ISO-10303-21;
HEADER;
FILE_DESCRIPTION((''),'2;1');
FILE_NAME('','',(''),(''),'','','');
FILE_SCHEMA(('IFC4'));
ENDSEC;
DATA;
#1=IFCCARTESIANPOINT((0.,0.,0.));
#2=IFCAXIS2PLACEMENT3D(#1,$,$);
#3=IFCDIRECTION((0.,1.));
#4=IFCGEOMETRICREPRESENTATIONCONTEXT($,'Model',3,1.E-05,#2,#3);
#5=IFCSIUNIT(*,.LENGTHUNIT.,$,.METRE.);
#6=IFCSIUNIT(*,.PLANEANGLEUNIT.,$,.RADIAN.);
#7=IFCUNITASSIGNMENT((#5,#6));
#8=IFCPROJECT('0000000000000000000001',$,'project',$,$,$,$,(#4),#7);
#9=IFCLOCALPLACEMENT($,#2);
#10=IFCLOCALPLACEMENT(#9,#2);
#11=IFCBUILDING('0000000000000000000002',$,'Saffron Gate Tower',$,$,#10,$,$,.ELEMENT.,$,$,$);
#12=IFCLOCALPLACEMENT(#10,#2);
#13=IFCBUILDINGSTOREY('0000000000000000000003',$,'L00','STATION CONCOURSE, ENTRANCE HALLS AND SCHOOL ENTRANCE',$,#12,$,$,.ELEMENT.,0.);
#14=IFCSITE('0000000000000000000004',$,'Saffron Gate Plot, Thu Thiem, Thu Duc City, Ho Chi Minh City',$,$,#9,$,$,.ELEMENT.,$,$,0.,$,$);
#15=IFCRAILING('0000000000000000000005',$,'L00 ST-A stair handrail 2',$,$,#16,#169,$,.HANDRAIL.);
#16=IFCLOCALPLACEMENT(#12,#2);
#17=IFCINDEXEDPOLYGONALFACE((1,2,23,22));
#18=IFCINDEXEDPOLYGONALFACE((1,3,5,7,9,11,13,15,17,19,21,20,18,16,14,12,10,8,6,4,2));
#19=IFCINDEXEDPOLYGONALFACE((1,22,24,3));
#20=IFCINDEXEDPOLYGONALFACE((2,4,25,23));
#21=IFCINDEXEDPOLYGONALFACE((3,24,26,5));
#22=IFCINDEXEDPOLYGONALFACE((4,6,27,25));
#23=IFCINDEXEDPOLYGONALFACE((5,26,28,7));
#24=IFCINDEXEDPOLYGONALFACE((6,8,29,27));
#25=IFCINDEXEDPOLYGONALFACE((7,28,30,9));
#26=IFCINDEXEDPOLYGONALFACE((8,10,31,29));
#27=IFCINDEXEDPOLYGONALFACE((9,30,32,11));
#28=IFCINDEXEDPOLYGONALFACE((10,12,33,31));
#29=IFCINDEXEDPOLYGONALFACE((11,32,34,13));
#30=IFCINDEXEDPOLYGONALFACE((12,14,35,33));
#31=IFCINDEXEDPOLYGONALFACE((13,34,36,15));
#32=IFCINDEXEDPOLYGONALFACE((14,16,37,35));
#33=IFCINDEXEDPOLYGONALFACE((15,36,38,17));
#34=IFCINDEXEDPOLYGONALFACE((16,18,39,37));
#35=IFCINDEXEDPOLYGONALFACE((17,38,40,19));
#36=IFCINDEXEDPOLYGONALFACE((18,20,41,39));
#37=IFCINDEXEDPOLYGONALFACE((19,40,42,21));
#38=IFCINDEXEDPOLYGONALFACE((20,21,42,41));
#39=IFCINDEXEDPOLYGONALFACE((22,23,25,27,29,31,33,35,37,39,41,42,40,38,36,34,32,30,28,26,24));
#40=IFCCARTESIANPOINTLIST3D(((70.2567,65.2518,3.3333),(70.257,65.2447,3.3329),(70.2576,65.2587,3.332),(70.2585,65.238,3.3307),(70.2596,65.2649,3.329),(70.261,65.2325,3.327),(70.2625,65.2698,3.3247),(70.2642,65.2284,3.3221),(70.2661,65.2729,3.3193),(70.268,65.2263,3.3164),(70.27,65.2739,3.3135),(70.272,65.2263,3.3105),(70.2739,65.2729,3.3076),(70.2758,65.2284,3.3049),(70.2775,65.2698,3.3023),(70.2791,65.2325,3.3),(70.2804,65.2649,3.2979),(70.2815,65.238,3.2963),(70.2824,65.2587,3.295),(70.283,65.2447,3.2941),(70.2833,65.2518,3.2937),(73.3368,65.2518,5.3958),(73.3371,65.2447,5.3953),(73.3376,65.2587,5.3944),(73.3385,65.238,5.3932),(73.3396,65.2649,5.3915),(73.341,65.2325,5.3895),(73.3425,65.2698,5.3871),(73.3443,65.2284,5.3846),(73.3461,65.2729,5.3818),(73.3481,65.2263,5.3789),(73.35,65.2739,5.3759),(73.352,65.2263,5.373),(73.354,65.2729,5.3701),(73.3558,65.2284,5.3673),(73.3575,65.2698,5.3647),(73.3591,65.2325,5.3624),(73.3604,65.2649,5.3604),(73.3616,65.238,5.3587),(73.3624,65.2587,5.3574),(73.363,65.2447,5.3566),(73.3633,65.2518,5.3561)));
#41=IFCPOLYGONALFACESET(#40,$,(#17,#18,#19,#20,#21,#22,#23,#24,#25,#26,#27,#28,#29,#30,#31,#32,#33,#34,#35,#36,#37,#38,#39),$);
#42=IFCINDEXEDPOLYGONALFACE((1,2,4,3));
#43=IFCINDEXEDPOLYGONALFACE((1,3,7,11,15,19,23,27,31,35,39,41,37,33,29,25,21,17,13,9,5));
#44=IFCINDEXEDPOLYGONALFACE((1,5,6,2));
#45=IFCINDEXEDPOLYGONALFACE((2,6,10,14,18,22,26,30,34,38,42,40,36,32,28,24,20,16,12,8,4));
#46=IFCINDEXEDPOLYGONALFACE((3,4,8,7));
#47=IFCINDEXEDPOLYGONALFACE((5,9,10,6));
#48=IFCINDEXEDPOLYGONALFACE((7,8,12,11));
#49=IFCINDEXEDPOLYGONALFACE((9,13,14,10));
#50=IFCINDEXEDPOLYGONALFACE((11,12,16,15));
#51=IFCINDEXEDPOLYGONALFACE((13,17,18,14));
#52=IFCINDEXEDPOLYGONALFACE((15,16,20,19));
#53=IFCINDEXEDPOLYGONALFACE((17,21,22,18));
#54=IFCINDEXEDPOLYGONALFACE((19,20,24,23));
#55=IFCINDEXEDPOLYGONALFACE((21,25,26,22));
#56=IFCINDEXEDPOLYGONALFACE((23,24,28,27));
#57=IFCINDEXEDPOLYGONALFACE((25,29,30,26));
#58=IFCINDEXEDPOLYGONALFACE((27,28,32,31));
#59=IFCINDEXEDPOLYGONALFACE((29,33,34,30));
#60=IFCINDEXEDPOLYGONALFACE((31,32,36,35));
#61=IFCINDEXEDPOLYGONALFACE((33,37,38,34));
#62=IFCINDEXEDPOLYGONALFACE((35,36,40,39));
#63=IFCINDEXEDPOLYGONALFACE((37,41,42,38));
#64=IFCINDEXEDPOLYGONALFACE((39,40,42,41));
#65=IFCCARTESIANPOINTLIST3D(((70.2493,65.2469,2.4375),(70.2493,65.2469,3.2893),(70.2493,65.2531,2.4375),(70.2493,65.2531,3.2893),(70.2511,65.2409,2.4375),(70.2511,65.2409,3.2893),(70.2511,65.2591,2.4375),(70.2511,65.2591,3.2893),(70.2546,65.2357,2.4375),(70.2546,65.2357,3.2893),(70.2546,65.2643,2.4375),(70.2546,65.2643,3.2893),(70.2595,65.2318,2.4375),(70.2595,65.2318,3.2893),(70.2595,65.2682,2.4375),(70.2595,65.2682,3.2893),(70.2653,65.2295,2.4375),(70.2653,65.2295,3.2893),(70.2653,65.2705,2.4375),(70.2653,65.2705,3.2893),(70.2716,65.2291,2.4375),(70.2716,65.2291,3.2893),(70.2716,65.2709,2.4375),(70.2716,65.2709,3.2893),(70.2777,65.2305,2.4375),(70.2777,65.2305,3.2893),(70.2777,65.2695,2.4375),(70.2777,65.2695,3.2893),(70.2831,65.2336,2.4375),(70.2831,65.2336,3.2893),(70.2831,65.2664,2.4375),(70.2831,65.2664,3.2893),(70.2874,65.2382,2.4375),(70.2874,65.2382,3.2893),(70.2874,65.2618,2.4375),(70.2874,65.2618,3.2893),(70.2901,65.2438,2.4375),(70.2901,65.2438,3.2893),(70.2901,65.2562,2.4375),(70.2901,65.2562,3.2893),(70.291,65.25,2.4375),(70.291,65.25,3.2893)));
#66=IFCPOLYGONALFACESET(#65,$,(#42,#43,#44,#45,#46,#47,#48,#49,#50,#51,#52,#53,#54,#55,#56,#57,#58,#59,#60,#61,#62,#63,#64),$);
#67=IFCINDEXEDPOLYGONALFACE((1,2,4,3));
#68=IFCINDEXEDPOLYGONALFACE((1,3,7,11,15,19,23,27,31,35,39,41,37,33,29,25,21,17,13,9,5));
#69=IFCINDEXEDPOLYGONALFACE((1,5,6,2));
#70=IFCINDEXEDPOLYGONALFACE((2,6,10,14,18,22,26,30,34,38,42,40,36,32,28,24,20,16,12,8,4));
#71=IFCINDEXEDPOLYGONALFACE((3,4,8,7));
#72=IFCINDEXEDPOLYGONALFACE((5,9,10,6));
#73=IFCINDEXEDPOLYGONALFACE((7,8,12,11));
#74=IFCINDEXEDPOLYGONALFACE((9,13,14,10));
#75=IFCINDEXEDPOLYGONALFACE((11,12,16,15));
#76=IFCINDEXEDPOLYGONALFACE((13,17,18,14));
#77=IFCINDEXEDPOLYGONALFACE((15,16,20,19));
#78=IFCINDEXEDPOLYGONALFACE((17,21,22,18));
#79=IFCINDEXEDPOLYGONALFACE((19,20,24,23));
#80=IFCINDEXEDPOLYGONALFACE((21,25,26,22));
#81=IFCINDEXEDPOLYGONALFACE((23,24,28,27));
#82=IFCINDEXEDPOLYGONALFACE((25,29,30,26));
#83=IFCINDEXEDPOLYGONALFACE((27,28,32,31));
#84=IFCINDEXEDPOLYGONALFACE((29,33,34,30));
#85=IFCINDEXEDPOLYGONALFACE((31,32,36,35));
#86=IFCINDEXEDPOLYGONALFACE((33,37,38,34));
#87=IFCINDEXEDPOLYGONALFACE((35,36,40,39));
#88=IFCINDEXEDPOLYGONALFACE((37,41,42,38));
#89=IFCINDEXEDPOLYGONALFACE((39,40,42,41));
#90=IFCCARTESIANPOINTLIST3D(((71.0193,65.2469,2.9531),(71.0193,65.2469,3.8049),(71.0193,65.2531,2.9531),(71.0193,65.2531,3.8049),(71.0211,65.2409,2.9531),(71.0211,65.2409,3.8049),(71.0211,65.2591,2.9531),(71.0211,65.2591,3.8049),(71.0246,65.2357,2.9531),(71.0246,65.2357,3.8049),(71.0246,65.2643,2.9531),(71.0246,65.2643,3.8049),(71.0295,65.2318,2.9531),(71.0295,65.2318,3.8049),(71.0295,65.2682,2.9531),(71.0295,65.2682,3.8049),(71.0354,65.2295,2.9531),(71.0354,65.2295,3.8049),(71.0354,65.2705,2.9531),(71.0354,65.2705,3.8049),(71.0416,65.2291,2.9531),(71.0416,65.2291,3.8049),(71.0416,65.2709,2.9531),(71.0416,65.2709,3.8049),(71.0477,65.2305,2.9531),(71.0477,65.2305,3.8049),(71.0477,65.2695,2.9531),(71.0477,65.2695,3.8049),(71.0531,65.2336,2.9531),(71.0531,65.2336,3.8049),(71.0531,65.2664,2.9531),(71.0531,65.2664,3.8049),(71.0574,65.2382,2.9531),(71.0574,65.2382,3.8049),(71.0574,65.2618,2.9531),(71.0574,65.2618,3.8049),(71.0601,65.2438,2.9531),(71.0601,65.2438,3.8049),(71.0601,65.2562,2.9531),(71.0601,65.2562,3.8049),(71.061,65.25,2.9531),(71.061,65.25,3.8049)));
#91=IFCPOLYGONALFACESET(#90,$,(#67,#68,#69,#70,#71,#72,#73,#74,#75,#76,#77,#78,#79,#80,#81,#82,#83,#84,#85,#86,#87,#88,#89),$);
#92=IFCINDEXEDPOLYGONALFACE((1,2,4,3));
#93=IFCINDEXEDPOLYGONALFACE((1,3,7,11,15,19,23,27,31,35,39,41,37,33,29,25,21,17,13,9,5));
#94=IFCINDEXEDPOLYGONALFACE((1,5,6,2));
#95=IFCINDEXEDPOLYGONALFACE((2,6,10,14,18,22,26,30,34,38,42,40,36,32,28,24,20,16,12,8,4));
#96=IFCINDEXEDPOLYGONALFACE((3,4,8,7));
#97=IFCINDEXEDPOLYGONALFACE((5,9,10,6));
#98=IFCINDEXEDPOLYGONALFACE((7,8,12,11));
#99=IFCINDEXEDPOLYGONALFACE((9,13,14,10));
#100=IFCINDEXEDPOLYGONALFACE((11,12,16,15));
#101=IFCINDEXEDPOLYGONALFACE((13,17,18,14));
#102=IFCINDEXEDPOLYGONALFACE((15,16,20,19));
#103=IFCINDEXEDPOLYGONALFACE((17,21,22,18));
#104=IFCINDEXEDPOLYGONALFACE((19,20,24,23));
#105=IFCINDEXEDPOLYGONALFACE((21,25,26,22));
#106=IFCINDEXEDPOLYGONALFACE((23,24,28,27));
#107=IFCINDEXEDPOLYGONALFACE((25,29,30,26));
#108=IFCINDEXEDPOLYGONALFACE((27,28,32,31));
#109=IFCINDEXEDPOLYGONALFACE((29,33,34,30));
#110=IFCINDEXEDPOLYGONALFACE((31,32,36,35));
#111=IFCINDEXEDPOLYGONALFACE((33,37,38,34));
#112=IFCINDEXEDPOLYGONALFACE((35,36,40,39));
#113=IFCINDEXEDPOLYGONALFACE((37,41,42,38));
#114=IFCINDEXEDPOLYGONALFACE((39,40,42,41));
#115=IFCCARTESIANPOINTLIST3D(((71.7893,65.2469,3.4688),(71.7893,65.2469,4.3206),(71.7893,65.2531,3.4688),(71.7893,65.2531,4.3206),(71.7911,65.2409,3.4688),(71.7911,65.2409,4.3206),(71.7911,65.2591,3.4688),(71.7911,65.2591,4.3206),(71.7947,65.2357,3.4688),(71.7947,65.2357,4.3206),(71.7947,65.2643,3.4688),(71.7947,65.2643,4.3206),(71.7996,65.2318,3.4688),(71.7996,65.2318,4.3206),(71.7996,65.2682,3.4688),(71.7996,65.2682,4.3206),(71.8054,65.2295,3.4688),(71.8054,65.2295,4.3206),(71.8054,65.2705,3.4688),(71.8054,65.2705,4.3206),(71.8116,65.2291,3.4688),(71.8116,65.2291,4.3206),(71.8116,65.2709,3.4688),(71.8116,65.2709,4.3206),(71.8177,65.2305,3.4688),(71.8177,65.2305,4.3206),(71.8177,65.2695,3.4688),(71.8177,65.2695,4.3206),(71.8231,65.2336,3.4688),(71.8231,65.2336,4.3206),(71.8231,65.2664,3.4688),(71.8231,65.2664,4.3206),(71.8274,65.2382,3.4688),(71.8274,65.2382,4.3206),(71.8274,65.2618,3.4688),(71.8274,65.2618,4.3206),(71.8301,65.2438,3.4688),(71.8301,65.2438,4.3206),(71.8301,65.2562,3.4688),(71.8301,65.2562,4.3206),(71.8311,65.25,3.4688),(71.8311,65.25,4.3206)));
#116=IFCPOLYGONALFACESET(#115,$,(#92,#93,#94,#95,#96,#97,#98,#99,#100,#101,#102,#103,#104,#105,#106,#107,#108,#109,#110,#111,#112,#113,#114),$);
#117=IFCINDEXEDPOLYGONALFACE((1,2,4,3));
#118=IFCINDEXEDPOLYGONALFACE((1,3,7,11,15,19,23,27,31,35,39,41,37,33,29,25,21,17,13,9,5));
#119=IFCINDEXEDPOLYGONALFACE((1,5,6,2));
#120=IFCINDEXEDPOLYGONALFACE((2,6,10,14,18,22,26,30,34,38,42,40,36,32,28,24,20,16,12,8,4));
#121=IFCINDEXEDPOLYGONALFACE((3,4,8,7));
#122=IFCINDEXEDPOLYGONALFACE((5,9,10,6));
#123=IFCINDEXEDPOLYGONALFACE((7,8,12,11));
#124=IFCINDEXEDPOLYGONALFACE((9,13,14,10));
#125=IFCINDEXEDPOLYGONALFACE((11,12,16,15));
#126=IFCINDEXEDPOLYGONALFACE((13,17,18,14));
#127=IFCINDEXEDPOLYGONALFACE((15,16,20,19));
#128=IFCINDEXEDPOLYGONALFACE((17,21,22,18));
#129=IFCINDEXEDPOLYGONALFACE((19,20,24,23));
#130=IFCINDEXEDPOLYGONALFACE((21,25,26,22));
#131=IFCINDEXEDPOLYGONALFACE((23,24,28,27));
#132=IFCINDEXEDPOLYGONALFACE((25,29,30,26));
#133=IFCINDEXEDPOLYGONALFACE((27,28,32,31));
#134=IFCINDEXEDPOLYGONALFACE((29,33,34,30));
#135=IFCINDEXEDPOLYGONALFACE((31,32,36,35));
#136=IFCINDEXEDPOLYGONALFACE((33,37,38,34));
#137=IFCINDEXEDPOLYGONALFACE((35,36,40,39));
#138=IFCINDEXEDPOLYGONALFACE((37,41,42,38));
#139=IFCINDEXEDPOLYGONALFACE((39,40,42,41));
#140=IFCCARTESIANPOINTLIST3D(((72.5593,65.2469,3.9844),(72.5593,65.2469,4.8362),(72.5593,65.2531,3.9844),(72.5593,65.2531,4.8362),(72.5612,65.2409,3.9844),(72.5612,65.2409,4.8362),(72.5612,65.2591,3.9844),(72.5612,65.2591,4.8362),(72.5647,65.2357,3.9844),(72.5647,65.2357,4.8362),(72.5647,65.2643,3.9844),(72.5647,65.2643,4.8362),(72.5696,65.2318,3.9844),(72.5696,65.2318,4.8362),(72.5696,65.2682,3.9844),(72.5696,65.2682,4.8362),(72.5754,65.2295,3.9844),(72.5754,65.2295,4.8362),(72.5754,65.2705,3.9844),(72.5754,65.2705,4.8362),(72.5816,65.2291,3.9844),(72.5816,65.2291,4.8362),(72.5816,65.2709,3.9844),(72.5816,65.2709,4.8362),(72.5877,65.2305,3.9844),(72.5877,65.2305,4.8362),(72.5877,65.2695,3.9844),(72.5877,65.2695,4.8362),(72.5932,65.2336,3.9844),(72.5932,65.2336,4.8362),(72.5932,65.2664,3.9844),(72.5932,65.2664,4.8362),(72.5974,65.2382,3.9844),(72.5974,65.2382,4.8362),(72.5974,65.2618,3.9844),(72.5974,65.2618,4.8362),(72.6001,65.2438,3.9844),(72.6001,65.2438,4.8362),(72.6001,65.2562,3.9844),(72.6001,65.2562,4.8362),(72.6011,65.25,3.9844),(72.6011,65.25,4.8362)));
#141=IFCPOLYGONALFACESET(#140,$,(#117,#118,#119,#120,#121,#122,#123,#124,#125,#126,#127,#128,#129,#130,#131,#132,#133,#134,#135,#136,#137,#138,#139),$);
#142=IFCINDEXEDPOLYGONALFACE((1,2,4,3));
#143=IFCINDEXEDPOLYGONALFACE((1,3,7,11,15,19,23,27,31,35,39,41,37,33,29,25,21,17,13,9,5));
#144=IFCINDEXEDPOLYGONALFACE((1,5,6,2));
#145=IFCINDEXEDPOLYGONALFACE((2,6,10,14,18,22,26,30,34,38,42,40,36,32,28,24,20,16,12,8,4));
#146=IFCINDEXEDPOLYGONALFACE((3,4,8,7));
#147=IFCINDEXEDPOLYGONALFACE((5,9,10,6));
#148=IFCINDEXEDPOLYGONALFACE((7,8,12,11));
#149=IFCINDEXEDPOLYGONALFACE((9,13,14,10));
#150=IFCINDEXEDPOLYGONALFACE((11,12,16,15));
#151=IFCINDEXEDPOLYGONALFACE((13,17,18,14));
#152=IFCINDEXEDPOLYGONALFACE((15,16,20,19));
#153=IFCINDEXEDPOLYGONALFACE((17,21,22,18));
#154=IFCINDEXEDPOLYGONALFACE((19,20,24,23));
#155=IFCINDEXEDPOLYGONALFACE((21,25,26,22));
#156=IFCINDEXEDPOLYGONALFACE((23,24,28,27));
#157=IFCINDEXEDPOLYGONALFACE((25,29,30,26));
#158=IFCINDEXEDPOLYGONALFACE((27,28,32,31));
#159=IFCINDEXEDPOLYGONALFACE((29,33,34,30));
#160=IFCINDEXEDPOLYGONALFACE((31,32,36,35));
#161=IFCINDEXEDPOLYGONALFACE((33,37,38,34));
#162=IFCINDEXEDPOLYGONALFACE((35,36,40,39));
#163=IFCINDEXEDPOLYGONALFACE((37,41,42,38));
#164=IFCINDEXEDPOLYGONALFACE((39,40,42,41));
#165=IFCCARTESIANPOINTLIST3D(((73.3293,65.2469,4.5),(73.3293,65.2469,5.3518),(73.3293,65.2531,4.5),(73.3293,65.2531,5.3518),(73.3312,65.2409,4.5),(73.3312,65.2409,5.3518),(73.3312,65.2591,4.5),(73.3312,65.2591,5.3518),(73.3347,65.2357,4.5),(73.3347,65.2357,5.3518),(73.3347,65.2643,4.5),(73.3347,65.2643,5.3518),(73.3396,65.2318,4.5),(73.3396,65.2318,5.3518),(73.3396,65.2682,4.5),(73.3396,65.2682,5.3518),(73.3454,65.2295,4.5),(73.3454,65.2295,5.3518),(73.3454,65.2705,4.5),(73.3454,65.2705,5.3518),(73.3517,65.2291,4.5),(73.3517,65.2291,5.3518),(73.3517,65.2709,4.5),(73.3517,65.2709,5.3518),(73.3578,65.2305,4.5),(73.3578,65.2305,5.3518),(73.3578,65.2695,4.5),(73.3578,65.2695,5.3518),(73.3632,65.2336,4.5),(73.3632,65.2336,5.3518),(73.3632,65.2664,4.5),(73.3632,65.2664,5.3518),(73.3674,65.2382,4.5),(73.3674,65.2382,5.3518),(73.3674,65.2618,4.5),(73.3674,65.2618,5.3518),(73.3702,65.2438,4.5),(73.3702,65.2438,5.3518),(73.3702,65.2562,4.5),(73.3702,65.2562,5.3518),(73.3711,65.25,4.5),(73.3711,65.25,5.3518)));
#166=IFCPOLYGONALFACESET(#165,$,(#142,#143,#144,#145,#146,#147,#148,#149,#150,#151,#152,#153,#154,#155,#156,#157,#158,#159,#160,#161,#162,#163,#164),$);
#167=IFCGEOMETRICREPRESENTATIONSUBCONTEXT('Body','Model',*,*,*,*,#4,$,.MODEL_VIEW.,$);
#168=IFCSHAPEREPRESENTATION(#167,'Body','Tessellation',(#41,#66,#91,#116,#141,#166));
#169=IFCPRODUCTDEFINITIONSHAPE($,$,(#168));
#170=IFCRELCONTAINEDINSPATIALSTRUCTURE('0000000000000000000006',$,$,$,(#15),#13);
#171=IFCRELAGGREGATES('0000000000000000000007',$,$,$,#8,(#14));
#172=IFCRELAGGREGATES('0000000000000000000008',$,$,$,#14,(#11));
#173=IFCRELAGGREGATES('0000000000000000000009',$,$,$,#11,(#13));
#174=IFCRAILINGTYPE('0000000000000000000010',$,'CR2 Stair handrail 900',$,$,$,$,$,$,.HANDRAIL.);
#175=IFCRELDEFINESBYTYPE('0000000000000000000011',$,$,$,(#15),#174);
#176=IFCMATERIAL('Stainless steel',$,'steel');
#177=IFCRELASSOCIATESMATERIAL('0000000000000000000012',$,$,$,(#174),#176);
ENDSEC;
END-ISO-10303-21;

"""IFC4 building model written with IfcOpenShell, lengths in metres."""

from ifc_helpers import new_model, si_unit, direction, frame, origin, origin_2d, place, context, subcontext, project, spatial, circle, extrude, material, type_object, element, save


model = new_model("IFC4")

# Units and contexts
model_context = context("Model", 3, precision=1e-05, world=origin(), true_north=direction((0.0, 1.0)))
body_context = subcontext(model_context, "Body", "Model", "MODEL_VIEW")
ifc_project = project(units=[si_unit("LENGTHUNIT", "METRE"), si_unit("PLANEANGLEUNIT", "RADIAN")], contexts=[model_context])

# Site, building, storey
site_placement = place(None, origin())
site = spatial("IfcSite", under=ifc_project, at=site_placement, Name="Saffron Gate Plot, Thu Thiem, Thu Duc City, Ho Chi Minh City", CompositionType="ELEMENT", RefElevation=0.0)
building_placement = place(site_placement, origin())
building = spatial("IfcBuilding", under=site, at=building_placement, Name="Saffron Gate Tower", CompositionType="ELEMENT")
storey_placement = place(building_placement, origin())
storey = spatial("IfcBuildingStorey", under=building, at=storey_placement, Name="L00", Description="STATION CONCOURSE, ENTRANCE HALLS AND SCHOOL ENTRANCE", CompositionType="ELEMENT", Elevation=0.0)

# Railing
ifc_material_1 = material(Name="Stainless steel", Category="steel")
railing_type = type_object("IfcRailingType", Name="CR2 Stair handrail 900", PredefinedType="HANDRAIL", material=ifc_material_1)
for number, where, name in (
    (1, (70.27, 65.25, 2.4375), "L00 ST-A stair handrail 2"),
):
    element("IfcRailing", number, at=place(storey_placement, frame(where)), inside=storey, type_object=railing_type, Name=name, PredefinedType="HANDRAIL", context=body_context, shape_type="SweptSolid", body=[
        extrude(circle(Radius=0.0239, at=origin_2d()), frame((0.0, 0.0, 0.876), z_axis=(0.830914, 0.0, 0.556401), x_axis=(0.0, 1.0, 0.0)), (0.0, 0.0, 1.0), 3.7068),
        extrude(circle(Radius=0.021, at=origin_2d()), origin(), (0.0, 0.0, 1.0), 0.8518),
        extrude(circle(Radius=0.021, at=origin_2d()), frame((0.77, 0.0, 0.5156)), (0.0, 0.0, 1.0), 0.8518),
        extrude(circle(Radius=0.021, at=origin_2d()), frame((1.54, 0.0, 1.0312)), (0.0, 0.0, 1.0), 0.8518),
        extrude(circle(Radius=0.021, at=origin_2d()), frame((2.3101, 0.0, 1.5469)), (0.0, 0.0, 1.0), 0.8518),
        extrude(circle(Radius=0.021, at=origin_2d()), frame((3.0801, 0.0, 2.0625)), (0.0, 0.0, 1.0), 0.8518),
    ])

save(model, "model.ifc")
